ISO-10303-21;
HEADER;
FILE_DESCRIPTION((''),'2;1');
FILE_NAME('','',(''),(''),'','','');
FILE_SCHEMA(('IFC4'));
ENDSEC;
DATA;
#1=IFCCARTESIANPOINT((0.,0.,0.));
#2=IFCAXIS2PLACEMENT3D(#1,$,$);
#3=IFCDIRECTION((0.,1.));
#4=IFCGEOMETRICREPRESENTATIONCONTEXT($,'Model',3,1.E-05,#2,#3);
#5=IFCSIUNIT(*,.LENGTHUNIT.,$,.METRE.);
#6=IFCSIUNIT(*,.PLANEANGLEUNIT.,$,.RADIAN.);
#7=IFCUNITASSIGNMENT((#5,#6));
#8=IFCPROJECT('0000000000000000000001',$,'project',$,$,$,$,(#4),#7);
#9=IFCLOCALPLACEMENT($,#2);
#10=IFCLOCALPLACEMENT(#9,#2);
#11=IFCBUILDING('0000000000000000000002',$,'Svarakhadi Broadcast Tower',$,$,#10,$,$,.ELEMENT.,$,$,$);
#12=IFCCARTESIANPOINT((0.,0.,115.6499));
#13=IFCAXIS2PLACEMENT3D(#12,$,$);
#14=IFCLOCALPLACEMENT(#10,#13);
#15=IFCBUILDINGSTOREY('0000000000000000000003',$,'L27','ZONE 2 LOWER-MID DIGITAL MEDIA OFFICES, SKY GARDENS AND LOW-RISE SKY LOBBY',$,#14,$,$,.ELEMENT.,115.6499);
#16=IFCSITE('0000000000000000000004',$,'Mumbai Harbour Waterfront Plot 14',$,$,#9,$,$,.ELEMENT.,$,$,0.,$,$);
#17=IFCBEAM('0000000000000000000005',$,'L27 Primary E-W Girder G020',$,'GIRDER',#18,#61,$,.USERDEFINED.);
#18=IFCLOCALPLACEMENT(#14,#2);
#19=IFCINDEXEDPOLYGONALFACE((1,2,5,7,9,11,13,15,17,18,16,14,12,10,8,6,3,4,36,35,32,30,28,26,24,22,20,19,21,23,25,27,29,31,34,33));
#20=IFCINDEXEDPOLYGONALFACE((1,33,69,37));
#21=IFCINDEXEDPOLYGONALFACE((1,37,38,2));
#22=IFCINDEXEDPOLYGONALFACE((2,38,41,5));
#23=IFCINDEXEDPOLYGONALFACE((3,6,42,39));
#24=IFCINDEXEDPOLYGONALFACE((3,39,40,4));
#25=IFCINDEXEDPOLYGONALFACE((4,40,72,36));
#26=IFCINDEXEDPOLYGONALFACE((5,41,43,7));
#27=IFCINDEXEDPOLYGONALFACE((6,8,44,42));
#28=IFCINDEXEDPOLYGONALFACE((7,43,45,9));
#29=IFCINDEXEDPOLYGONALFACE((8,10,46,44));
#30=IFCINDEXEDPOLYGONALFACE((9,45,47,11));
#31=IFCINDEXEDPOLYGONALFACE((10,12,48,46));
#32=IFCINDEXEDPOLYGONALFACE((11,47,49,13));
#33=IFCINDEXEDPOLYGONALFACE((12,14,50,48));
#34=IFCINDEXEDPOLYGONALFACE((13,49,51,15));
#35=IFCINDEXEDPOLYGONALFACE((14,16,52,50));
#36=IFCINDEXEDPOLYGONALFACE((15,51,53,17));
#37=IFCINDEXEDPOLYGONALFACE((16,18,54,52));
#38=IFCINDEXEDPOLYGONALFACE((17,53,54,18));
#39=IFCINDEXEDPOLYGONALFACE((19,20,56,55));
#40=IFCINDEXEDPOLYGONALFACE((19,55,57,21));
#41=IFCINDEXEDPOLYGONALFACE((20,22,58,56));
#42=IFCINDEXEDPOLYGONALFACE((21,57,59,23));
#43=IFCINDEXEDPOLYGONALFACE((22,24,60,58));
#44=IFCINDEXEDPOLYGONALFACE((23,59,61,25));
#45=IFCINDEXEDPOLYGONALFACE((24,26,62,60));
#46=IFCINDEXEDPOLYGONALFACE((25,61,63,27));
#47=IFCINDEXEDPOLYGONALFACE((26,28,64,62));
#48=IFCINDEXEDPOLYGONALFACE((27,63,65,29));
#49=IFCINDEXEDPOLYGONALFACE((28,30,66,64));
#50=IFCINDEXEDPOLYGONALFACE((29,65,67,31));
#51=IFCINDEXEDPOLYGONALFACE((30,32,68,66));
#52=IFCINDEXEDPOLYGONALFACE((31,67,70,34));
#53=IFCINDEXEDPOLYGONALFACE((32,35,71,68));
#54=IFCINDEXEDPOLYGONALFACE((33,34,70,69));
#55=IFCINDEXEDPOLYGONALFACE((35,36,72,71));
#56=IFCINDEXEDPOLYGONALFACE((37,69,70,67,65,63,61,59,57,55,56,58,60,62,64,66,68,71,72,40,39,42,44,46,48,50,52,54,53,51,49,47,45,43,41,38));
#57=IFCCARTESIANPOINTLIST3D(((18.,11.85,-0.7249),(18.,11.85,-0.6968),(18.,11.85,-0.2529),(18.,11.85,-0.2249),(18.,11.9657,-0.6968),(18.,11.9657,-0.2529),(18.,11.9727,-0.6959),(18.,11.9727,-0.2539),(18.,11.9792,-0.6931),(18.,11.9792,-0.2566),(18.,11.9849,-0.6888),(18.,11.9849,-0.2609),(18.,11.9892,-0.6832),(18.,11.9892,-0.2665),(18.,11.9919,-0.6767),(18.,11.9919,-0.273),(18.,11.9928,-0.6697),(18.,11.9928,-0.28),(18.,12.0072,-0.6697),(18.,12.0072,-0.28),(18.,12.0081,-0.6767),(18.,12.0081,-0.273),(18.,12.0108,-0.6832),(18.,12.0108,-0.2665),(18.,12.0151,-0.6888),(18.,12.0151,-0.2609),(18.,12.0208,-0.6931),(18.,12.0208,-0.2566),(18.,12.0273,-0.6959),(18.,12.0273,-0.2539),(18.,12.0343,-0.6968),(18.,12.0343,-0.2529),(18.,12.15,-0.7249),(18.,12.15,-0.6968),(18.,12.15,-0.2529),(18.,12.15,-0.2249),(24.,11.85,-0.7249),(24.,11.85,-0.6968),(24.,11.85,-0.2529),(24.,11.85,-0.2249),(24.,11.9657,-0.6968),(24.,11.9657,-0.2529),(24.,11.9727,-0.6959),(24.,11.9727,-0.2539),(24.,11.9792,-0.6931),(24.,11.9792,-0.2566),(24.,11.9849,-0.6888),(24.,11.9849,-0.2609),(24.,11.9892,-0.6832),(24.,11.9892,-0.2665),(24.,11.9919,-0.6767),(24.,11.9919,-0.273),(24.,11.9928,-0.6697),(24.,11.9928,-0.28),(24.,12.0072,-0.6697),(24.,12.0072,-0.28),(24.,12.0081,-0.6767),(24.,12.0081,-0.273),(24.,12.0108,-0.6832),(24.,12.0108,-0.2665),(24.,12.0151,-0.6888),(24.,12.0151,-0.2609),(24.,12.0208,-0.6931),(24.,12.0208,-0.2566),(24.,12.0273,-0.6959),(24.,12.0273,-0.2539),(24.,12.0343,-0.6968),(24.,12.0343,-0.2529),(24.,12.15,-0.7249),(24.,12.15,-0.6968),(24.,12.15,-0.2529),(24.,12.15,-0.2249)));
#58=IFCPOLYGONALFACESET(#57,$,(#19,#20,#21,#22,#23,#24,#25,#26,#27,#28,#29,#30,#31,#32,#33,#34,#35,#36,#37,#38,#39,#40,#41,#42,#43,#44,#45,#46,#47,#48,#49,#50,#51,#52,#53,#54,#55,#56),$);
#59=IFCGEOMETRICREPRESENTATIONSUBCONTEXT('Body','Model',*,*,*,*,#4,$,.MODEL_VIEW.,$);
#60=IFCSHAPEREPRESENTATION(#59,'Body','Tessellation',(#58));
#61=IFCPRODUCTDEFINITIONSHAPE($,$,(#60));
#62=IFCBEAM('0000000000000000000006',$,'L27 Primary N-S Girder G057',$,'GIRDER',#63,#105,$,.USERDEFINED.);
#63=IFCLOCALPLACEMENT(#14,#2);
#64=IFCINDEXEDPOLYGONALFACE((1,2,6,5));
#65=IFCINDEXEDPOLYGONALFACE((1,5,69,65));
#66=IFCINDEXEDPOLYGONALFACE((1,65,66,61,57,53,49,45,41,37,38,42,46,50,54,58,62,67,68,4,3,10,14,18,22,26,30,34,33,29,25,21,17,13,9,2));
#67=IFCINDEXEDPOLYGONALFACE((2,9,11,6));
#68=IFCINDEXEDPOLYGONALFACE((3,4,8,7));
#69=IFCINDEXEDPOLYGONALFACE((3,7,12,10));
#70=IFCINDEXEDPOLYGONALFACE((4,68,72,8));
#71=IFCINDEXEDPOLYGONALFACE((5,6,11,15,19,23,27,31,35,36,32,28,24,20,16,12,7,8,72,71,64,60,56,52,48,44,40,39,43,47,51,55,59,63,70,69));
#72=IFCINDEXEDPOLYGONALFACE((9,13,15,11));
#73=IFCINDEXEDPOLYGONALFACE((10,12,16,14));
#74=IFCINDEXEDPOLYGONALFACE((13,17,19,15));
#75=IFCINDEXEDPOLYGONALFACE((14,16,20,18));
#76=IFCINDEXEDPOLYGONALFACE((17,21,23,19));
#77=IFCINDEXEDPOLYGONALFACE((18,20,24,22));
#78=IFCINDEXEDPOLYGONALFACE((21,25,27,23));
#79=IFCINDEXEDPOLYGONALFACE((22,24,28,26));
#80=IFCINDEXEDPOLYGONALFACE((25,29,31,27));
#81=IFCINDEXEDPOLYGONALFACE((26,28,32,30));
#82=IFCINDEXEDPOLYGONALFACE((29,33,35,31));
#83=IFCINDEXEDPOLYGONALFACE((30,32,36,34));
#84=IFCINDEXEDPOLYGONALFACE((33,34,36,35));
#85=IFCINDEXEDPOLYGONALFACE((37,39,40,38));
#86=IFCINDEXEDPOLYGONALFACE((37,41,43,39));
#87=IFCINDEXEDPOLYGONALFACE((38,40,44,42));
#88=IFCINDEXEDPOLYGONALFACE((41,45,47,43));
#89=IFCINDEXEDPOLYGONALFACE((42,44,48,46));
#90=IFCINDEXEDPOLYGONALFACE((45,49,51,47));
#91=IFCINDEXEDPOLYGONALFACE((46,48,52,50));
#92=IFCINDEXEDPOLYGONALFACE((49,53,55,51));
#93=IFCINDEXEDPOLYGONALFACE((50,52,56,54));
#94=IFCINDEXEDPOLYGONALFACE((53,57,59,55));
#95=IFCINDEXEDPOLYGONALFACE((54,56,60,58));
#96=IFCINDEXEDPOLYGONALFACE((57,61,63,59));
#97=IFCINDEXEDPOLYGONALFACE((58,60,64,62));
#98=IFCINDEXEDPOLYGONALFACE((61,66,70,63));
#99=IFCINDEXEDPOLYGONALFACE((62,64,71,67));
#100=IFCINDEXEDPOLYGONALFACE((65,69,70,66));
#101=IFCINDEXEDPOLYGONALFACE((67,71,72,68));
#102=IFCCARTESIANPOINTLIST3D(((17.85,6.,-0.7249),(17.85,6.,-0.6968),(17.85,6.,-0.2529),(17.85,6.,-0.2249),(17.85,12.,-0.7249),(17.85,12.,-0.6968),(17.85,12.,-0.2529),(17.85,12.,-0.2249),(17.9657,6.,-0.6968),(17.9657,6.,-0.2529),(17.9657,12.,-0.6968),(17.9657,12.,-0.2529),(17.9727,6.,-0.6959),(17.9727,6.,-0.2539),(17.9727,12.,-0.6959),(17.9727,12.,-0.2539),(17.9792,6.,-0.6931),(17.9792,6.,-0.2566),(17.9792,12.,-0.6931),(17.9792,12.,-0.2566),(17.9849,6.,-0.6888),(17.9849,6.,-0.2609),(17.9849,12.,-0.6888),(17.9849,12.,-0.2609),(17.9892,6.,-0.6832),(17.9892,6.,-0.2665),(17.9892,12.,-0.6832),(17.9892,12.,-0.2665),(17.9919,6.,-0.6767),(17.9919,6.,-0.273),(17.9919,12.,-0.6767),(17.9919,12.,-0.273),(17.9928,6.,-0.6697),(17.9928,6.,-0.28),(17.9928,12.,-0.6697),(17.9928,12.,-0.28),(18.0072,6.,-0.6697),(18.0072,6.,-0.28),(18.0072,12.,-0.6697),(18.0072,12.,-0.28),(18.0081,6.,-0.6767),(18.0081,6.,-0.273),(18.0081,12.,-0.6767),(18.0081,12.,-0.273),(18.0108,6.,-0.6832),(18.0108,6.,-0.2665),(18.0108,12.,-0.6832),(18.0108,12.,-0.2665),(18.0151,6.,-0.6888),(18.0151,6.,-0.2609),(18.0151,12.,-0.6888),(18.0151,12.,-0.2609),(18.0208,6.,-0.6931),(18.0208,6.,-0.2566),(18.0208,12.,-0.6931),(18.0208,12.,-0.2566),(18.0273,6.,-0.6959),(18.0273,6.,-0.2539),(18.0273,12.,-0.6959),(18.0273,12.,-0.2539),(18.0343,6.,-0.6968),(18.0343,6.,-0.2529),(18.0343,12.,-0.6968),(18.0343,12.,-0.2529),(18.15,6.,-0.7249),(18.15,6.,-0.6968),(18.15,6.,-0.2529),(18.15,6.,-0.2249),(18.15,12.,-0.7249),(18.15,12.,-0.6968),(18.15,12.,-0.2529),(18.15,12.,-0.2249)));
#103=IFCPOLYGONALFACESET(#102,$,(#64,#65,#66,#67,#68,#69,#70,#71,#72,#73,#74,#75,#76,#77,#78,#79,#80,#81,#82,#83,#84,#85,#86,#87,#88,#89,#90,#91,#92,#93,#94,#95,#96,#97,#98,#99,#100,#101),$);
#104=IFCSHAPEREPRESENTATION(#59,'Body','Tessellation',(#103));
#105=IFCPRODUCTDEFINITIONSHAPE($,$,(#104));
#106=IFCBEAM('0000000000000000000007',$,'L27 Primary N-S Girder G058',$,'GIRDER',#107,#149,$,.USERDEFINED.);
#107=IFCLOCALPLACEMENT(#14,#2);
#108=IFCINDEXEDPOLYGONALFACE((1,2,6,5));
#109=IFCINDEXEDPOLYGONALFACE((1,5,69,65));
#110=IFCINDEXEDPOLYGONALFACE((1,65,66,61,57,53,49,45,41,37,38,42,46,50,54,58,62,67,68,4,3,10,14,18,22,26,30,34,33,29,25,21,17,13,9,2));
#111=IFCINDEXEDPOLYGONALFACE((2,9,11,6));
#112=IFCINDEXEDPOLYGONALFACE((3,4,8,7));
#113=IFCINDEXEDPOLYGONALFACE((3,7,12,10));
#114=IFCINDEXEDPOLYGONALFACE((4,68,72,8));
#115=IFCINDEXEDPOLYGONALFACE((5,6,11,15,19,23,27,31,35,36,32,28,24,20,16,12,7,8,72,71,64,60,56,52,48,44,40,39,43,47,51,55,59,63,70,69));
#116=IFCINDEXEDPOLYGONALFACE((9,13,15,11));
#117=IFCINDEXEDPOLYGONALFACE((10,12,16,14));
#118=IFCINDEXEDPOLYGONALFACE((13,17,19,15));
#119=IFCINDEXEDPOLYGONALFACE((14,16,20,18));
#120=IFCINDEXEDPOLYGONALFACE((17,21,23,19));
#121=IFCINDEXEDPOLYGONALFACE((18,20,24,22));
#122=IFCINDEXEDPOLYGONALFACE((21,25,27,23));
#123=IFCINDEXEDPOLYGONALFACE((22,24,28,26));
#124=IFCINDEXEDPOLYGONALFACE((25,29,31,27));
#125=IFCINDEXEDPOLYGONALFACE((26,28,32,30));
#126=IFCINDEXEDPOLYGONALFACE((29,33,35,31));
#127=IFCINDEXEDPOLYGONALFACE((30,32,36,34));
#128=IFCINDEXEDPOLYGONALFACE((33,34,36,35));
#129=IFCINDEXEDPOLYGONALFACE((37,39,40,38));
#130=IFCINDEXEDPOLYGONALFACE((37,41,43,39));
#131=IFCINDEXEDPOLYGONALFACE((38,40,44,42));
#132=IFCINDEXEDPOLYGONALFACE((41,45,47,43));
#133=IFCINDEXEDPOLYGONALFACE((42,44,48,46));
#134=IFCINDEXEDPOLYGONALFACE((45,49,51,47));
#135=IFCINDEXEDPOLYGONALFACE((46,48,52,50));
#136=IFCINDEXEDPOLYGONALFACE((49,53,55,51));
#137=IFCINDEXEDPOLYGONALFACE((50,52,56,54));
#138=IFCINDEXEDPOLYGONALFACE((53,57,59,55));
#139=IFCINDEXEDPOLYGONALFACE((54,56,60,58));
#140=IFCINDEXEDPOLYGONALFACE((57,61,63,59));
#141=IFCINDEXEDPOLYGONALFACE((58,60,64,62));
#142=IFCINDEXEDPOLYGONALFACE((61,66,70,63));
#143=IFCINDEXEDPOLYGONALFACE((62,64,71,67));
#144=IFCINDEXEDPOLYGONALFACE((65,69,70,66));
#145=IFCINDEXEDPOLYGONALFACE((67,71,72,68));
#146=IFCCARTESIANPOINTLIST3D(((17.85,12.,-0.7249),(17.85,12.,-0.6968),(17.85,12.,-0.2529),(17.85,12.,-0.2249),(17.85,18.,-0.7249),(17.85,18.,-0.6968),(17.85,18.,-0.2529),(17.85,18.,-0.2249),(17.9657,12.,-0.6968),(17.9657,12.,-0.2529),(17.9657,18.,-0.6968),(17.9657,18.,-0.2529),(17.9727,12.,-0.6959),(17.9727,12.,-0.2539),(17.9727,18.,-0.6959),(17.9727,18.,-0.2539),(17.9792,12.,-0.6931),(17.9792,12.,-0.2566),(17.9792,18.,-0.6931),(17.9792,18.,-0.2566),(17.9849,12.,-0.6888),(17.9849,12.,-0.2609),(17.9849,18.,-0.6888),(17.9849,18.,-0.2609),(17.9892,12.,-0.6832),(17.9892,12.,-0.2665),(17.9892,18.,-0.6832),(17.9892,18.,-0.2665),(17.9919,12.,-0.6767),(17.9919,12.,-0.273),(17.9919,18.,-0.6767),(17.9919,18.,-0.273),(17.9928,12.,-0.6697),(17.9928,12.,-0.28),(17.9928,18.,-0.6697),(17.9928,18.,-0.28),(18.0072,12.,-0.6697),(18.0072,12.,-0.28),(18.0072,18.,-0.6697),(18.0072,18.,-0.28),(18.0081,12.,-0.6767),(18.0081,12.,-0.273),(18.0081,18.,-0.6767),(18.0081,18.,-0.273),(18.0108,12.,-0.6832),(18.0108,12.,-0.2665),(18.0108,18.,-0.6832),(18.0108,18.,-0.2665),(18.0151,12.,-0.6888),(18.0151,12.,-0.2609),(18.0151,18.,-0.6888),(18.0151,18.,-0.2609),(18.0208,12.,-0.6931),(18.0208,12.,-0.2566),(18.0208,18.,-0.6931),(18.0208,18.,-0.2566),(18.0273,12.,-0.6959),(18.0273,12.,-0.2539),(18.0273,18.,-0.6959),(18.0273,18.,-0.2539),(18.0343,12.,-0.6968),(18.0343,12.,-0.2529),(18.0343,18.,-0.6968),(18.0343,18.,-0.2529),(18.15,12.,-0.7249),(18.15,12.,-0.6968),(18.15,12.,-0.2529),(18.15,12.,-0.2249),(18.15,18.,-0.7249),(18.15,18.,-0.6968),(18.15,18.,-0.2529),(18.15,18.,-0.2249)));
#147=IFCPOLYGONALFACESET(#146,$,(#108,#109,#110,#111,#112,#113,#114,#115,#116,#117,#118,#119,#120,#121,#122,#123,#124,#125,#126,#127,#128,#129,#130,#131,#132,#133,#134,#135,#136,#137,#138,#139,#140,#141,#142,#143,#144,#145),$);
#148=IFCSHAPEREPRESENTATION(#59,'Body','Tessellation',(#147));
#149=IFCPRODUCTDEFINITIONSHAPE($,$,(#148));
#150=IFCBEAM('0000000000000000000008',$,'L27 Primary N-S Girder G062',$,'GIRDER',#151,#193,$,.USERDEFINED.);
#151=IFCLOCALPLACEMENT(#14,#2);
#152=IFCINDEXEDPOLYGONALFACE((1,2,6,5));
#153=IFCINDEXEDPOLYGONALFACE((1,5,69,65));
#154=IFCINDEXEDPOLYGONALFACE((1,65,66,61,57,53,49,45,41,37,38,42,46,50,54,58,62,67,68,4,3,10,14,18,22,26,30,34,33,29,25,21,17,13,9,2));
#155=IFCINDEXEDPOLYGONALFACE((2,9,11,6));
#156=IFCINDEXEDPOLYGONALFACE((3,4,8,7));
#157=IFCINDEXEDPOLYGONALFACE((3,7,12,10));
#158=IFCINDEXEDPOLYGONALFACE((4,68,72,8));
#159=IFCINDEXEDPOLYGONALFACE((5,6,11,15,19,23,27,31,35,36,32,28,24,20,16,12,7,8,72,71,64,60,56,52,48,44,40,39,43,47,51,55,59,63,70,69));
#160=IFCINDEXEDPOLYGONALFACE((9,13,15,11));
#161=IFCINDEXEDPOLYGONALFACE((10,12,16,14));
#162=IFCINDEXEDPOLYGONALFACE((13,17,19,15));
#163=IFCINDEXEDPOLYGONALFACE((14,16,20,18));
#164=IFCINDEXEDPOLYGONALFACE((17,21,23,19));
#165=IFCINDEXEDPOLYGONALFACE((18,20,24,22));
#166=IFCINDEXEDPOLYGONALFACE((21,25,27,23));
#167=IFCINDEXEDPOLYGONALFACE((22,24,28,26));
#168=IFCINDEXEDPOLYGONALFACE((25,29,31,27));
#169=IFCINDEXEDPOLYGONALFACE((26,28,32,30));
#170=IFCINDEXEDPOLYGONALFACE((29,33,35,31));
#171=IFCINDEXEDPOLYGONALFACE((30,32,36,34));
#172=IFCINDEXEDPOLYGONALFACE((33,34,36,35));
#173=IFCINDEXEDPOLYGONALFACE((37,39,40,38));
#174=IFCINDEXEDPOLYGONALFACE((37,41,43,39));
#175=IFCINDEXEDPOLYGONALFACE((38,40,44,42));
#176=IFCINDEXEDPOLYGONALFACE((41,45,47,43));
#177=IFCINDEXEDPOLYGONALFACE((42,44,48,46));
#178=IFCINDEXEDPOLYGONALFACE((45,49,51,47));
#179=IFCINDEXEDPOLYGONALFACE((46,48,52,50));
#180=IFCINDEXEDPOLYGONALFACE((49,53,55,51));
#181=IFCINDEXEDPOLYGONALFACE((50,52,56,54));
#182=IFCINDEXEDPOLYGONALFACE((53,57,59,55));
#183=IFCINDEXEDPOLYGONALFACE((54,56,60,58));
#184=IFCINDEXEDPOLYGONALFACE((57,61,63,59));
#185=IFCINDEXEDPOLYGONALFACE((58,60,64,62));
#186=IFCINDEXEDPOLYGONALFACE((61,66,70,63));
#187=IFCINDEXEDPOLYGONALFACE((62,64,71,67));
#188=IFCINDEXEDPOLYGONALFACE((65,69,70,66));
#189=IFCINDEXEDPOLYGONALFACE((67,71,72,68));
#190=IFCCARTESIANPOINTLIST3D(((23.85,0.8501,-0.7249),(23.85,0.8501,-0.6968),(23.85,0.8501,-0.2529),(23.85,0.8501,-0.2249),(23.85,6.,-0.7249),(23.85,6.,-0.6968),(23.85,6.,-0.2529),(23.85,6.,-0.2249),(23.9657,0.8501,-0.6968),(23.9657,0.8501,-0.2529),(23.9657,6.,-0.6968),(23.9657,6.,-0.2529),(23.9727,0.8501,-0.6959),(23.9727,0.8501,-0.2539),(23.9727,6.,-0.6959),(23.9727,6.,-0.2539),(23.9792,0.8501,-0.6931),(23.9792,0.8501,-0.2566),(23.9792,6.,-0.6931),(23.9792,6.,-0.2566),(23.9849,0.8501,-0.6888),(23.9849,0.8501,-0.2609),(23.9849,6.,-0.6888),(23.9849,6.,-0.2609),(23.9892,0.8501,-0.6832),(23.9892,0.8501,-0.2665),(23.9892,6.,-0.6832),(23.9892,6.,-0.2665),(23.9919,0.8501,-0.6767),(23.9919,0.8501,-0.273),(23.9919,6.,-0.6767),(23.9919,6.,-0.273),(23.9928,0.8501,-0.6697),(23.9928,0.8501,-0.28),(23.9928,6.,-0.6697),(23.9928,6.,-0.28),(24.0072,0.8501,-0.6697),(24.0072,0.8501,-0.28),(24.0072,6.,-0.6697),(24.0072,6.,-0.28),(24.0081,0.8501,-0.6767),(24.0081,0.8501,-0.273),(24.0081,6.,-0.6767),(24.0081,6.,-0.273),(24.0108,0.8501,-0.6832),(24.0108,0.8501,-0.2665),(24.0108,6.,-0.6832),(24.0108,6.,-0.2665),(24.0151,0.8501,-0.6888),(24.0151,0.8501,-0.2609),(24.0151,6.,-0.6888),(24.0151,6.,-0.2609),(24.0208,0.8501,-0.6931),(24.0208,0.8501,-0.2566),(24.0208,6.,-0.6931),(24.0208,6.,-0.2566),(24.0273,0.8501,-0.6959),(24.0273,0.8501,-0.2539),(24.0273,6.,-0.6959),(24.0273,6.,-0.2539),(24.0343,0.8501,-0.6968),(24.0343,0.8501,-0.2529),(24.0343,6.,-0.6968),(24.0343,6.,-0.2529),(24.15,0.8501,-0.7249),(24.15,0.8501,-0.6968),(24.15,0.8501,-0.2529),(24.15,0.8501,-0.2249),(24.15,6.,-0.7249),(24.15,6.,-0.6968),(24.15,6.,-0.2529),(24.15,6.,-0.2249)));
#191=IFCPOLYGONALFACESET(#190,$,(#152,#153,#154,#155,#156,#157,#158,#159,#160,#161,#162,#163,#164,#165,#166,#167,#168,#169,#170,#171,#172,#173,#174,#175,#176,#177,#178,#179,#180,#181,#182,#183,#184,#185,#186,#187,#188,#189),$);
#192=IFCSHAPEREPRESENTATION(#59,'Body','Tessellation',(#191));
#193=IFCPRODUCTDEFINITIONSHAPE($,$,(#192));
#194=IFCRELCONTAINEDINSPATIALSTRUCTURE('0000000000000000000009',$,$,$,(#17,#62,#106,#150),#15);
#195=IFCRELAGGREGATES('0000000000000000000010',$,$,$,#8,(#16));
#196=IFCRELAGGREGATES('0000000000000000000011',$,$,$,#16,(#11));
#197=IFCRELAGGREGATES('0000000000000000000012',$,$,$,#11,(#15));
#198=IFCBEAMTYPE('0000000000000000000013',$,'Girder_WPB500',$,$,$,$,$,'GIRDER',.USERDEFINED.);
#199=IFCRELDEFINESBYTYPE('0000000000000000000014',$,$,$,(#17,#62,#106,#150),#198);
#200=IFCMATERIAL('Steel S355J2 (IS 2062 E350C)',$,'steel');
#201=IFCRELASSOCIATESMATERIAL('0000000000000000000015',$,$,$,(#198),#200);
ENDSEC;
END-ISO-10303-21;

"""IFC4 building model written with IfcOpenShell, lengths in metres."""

from ifc_helpers import new_model, si_unit, direction, frame, origin, origin_2d, place, context, subcontext, project, spatial, i_section, extrude, material, material_profile, profile_set, type_object, element, save


model = new_model("IFC4")

# Units and contexts
model_context = context("Model", 3, precision=1e-05, world=origin(), true_north=direction((0.0, 1.0)))
body_context = subcontext(model_context, "Body", "Model", "MODEL_VIEW")
ifc_project = project(units=[si_unit("LENGTHUNIT", "METRE"), si_unit("PLANEANGLEUNIT", "RADIAN")], contexts=[model_context])

# Site, building, storey
site_placement = place(None, origin())
site = spatial("IfcSite", under=ifc_project, at=site_placement, Name="Mumbai Harbour Waterfront Plot 14", CompositionType="ELEMENT", RefElevation=0.0)
building_placement = place(site_placement, origin())
building = spatial("IfcBuilding", under=site, at=building_placement, Name="Svarakhadi Broadcast Tower", CompositionType="ELEMENT")
storey_placement = place(building_placement, frame((0.0, 0.0, 115.6499)))
storey = spatial("IfcBuildingStorey", under=building, at=storey_placement, Name="L27", Description="ZONE 2 LOWER-MID DIGITAL MEDIA OFFICES, SKY GARDENS AND LOW-RISE SKY LOBBY", CompositionType="ELEMENT", Elevation=115.6499)

# Beams
ifc_material_1 = material(Name="Steel S355J2 (IS 2062 E350C)", Category="steel")
ifc_material_profile_1 = material_profile(ifc_material_1, i_section(OverallWidth=0.3, OverallDepth=0.5, WebThickness=0.0144, FlangeThickness=0.0281, FilletRadius=0.0271, at=origin_2d()), Name="WPB 500x300x187")
ifc_profile_set_1 = profile_set([ifc_material_profile_1], Name="Steel S355J2 (IS 2062 E350C)")
beam_type_1 = type_object("IfcBeamType", Name="Girder_WPB500", ElementType="GIRDER", PredefinedType="USERDEFINED", material=ifc_profile_set_1)
for number, where, z_axis, x_axis, name in (
    (1, (18.0, 12.0, -0.4749), (1.0, 0.0, 0.0), (0.0, 1.0, 0.0), "L27 Primary E-W Girder G020"),
    (2, (18.0, 6.0, -0.4749), (0.0, 1.0, 0.0), (-1.0, 0.0, 0.0), "L27 Primary N-S Girder G057"),
    (3, (18.0, 12.0, -0.4749), (0.0, 1.0, 0.0), (-1.0, 0.0, 0.0), "L27 Primary N-S Girder G058"),
):
    element("IfcBeam", number, at=place(storey_placement, frame(where, z_axis=z_axis, x_axis=x_axis)), inside=storey, type_object=beam_type_1, Name=name, ObjectType="GIRDER", PredefinedType="USERDEFINED", context=body_context, shape_type="SweptSolid", body=[
        extrude(i_section(OverallWidth=0.3, OverallDepth=0.5, WebThickness=0.0144, FlangeThickness=0.0281, FilletRadius=0.0271, at=origin_2d()), origin(), (0.0, 0.0, 1.0), 6.0),
    ])
beam_1_placement = place(storey_placement, frame((24.0, 0.8501, -0.4749), z_axis=(0.0, 1.0, 0.0), x_axis=(-1.0, 0.0, 0.0)))
element("IfcBeam", 4, at=beam_1_placement, inside=storey, type_object=beam_type_1, Name="L27 Primary N-S Girder G062", ObjectType="GIRDER", PredefinedType="USERDEFINED", context=body_context, shape_type="SweptSolid", body=[
    extrude(i_section(OverallWidth=0.3, OverallDepth=0.5, WebThickness=0.0144, FlangeThickness=0.0281, FilletRadius=0.0271, at=origin_2d()), origin(), (0.0, 0.0, 1.0), 5.1499),
])

save(model, "model.ifc")
